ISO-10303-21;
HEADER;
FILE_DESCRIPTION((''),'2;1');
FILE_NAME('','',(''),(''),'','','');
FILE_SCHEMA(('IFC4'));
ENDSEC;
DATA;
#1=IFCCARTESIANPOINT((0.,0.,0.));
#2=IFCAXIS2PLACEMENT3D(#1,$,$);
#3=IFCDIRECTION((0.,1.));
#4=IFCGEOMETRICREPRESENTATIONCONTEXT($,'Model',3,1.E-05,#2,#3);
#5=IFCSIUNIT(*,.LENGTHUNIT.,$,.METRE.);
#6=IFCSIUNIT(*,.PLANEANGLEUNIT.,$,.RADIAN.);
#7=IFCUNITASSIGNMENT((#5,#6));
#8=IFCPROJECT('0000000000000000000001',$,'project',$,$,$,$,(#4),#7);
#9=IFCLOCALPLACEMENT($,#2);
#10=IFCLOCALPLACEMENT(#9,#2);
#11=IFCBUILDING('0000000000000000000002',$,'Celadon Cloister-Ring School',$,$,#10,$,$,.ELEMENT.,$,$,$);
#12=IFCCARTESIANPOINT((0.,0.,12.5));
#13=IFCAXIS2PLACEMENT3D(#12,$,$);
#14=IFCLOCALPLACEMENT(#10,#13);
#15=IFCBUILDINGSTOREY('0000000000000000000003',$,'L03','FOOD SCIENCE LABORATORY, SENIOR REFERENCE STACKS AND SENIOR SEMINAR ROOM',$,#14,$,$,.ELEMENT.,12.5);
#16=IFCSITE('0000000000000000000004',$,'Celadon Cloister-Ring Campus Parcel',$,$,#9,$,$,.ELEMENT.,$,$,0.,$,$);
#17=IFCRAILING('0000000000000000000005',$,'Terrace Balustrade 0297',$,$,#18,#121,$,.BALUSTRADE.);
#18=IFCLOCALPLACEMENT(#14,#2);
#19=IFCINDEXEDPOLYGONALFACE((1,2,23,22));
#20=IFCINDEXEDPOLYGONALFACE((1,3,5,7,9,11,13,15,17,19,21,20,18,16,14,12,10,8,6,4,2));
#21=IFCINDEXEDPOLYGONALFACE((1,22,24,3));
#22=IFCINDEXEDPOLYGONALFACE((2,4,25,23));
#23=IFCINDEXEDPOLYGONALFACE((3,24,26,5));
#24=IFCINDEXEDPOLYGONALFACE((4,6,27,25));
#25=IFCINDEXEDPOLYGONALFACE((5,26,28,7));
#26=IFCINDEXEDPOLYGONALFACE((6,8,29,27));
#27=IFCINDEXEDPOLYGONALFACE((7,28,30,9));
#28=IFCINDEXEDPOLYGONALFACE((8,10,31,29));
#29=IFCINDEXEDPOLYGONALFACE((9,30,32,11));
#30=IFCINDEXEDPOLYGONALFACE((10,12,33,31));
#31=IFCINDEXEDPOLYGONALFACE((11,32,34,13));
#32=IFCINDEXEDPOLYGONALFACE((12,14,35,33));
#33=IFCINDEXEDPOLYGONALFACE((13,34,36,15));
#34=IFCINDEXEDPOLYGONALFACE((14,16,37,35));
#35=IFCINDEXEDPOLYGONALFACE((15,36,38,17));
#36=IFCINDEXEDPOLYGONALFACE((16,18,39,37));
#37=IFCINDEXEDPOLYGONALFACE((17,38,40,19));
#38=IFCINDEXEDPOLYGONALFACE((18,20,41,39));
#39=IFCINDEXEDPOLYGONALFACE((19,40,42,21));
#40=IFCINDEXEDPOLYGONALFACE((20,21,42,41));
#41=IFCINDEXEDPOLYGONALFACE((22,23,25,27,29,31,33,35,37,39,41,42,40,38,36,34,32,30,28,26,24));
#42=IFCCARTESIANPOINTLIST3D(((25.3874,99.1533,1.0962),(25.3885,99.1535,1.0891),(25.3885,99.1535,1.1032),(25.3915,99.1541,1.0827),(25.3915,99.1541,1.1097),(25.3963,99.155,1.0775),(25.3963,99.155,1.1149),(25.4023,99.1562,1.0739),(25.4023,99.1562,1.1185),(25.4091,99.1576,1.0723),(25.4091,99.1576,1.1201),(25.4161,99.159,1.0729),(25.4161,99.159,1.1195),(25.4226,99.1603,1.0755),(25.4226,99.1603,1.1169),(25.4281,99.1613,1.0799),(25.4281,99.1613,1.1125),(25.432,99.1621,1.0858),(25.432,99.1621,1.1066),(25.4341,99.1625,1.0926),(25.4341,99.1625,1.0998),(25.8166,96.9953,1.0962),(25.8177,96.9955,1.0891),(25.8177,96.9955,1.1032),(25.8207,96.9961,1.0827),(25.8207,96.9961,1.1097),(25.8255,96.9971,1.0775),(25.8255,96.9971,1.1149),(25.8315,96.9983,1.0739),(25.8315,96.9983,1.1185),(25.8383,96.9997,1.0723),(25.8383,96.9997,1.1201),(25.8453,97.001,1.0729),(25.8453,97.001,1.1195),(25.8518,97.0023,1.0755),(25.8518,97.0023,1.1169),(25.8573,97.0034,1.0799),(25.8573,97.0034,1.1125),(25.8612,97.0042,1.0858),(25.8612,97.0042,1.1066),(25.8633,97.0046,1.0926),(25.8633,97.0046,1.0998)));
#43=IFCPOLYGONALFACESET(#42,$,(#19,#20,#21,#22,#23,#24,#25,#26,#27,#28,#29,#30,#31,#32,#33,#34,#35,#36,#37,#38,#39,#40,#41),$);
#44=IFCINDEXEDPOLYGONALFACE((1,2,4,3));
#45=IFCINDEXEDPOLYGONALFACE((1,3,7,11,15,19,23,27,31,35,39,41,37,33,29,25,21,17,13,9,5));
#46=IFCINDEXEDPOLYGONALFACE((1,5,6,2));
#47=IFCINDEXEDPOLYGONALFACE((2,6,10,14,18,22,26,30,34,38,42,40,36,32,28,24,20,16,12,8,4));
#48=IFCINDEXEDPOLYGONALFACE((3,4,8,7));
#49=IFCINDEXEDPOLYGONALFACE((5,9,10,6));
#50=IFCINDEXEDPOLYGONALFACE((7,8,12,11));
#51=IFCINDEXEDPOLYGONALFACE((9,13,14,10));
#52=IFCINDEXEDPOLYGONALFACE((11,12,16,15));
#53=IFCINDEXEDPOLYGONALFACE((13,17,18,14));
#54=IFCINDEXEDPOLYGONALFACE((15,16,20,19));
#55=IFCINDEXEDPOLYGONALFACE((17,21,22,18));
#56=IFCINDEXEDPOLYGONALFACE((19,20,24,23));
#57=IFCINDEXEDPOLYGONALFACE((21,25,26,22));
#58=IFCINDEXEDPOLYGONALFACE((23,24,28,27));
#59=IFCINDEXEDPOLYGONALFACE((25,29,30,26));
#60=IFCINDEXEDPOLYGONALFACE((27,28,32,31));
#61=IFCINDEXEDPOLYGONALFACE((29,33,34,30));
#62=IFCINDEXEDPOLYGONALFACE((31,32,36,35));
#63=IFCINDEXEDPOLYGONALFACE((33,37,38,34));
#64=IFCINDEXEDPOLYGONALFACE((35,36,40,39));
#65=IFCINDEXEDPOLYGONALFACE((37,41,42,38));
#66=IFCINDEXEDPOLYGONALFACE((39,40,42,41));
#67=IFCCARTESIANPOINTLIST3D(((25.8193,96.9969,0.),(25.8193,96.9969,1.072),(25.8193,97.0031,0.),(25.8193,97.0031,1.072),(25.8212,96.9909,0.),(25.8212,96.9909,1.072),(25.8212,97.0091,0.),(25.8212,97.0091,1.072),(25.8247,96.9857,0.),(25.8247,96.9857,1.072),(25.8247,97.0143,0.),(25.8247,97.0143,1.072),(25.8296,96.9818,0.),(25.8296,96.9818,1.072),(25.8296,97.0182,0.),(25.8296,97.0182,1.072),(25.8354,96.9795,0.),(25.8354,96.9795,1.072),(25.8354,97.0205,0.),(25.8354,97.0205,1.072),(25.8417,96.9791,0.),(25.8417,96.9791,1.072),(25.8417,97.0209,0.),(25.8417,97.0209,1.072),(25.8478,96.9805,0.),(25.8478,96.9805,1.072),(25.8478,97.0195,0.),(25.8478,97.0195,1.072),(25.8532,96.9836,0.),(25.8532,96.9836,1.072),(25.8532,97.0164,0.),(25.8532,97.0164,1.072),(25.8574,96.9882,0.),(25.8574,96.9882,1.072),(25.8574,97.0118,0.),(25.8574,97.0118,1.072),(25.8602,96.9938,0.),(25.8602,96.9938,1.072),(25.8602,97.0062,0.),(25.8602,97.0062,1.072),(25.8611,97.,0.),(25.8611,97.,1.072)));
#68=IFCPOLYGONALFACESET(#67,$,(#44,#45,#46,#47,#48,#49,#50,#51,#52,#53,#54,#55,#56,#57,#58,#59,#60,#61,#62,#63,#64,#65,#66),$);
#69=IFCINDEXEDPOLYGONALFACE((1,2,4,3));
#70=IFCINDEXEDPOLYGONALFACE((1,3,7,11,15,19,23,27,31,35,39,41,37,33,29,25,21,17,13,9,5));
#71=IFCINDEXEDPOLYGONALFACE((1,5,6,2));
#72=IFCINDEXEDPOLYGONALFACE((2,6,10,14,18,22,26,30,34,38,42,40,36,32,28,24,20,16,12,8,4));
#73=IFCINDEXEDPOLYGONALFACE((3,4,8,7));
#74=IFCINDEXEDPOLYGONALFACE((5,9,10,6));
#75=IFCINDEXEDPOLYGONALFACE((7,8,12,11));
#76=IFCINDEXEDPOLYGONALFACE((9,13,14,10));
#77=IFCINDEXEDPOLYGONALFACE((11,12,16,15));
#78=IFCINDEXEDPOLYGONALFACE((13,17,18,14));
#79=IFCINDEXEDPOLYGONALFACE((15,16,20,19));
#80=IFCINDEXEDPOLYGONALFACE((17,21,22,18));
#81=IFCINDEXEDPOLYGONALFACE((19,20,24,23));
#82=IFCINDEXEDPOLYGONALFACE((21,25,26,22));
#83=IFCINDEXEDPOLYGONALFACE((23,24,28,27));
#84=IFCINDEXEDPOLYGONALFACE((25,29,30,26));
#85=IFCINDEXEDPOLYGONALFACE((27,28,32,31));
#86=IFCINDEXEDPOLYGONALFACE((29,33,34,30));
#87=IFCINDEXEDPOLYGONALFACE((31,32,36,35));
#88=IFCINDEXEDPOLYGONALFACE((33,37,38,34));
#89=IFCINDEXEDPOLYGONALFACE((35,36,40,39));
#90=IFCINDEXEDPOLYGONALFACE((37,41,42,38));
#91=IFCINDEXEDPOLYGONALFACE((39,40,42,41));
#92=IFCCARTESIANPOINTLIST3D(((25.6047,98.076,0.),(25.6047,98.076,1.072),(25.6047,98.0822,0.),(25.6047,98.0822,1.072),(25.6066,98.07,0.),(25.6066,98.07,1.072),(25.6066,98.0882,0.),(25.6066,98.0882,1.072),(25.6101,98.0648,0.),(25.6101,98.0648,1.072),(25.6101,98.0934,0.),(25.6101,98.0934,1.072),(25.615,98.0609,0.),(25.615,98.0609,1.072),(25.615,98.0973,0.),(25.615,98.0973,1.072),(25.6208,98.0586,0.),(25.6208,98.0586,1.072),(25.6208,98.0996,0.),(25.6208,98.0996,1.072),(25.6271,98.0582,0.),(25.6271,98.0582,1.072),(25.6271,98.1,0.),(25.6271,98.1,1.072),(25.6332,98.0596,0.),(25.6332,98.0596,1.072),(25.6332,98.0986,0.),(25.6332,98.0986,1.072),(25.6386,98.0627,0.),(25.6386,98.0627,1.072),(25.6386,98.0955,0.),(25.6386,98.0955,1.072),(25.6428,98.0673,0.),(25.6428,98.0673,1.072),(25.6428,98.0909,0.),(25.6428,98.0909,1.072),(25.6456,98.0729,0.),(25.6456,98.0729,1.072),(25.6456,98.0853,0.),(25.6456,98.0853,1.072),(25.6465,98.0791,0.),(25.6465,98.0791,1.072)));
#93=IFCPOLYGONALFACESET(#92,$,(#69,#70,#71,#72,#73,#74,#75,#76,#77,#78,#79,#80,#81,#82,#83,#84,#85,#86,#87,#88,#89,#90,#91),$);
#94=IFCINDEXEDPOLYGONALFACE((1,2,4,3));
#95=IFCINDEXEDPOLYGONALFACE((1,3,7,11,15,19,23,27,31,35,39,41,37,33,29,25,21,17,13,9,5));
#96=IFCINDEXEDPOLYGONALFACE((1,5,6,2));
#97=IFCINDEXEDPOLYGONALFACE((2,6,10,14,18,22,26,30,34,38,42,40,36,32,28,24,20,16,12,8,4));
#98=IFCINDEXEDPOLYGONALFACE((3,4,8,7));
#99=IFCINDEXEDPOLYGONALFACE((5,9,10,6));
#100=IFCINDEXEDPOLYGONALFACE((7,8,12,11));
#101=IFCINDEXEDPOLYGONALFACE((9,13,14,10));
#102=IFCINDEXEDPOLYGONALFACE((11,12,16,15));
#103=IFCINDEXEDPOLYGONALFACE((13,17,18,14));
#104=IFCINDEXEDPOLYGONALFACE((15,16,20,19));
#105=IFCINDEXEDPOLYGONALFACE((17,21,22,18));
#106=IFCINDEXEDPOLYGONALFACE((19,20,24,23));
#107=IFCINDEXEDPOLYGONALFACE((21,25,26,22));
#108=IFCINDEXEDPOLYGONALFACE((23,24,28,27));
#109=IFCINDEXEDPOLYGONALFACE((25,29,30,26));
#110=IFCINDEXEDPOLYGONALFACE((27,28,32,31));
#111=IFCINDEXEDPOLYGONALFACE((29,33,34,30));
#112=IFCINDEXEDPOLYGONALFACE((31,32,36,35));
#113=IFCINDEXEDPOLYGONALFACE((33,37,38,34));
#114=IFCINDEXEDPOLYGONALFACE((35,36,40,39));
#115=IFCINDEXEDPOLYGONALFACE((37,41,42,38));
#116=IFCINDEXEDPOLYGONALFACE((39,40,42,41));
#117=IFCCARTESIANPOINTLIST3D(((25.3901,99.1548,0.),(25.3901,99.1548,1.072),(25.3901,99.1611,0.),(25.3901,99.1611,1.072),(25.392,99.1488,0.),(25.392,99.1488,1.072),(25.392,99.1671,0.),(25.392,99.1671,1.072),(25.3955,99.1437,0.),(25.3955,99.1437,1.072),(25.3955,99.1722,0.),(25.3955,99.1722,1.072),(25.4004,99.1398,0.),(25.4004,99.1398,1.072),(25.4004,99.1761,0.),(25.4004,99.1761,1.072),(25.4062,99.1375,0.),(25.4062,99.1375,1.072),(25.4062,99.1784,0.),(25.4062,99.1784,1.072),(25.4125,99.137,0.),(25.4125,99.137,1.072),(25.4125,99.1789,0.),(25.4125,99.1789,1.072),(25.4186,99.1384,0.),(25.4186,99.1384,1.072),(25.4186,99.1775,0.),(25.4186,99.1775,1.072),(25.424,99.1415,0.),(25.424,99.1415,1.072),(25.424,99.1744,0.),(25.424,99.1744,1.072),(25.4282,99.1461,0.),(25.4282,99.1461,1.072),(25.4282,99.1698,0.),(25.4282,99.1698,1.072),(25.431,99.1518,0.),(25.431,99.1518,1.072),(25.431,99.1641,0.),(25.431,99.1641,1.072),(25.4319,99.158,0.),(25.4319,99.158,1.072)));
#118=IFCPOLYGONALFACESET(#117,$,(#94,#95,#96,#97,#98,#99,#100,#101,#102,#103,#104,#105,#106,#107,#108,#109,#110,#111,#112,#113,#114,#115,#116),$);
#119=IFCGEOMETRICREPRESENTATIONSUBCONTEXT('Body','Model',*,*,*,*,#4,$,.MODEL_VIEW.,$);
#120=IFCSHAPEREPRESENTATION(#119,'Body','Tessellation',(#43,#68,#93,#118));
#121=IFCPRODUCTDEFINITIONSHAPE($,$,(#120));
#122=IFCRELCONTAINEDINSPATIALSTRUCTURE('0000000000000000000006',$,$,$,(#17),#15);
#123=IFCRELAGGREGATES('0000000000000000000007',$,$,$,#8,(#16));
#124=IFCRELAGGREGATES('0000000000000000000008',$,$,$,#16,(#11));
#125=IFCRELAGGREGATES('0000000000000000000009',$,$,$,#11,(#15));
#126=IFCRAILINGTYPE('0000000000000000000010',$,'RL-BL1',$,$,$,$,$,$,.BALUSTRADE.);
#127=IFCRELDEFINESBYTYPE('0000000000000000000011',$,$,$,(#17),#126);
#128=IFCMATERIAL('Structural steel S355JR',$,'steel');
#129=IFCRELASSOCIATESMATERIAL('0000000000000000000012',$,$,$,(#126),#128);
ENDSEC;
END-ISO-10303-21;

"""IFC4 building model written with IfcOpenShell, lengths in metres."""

from ifc_helpers import new_model, si_unit, direction, frame, origin, origin_2d, place, context, subcontext, project, spatial, circle, extrude, material, type_object, element, save


model = new_model("IFC4")

# Units and contexts
model_context = context("Model", 3, precision=1e-05, world=origin(), true_north=direction((0.0, 1.0)))
body_context = subcontext(model_context, "Body", "Model", "MODEL_VIEW")
ifc_project = project(units=[si_unit("LENGTHUNIT", "METRE"), si_unit("PLANEANGLEUNIT", "RADIAN")], contexts=[model_context])

# Site, building, storey
site_placement = place(None, origin())
site = spatial("IfcSite", under=ifc_project, at=site_placement, Name="Celadon Cloister-Ring Campus Parcel", CompositionType="ELEMENT", RefElevation=0.0)
building_placement = place(site_placement, origin())
building = spatial("IfcBuilding", under=site, at=building_placement, Name="Celadon Cloister-Ring School", CompositionType="ELEMENT")
storey_placement = place(building_placement, frame((0.0, 0.0, 12.5)))
storey = spatial("IfcBuildingStorey", under=building, at=storey_placement, Name="L03", Description="FOOD SCIENCE LABORATORY, SENIOR REFERENCE STACKS AND SENIOR SEMINAR ROOM", CompositionType="ELEMENT", Elevation=12.5)

# Railing
ifc_material_1 = material(Name="Structural steel S355JR", Category="steel")
railing_type_1 = type_object("IfcRailingType", Name="RL-BL1", PredefinedType="BALUSTRADE", material=ifc_material_1)
railing_1_placement = place(storey_placement, frame((25.8401, 97.0, 0.0)))
element("IfcRailing", 1, at=railing_1_placement, inside=storey, type_object=railing_type_1, Name="Terrace Balustrade 0297", PredefinedType="BALUSTRADE", context=body_context, shape_type="SweptSolid", body=[
    extrude(circle(Radius=0.0239, at=origin_2d()), frame((0.0, 0.0, 1.0962), z_axis=(-0.19507, 0.980789, 0.0), x_axis=(-0.980789, -0.19507, 0.0)), (0.0, 0.0, 1.0), 2.2002),
    extrude(circle(Radius=0.021, at=origin_2d()), origin(), (0.0, 0.0, 1.0), 1.072),
    extrude(circle(Radius=0.021, at=origin_2d()), frame((-0.2146, 1.0791, 0.0)), (0.0, 0.0, 1.0), 1.072),
    extrude(circle(Radius=0.021, at=origin_2d()), frame((-0.4292, 2.158, 0.0)), (0.0, 0.0, 1.0), 1.072),
])

save(model, "model.ifc")
